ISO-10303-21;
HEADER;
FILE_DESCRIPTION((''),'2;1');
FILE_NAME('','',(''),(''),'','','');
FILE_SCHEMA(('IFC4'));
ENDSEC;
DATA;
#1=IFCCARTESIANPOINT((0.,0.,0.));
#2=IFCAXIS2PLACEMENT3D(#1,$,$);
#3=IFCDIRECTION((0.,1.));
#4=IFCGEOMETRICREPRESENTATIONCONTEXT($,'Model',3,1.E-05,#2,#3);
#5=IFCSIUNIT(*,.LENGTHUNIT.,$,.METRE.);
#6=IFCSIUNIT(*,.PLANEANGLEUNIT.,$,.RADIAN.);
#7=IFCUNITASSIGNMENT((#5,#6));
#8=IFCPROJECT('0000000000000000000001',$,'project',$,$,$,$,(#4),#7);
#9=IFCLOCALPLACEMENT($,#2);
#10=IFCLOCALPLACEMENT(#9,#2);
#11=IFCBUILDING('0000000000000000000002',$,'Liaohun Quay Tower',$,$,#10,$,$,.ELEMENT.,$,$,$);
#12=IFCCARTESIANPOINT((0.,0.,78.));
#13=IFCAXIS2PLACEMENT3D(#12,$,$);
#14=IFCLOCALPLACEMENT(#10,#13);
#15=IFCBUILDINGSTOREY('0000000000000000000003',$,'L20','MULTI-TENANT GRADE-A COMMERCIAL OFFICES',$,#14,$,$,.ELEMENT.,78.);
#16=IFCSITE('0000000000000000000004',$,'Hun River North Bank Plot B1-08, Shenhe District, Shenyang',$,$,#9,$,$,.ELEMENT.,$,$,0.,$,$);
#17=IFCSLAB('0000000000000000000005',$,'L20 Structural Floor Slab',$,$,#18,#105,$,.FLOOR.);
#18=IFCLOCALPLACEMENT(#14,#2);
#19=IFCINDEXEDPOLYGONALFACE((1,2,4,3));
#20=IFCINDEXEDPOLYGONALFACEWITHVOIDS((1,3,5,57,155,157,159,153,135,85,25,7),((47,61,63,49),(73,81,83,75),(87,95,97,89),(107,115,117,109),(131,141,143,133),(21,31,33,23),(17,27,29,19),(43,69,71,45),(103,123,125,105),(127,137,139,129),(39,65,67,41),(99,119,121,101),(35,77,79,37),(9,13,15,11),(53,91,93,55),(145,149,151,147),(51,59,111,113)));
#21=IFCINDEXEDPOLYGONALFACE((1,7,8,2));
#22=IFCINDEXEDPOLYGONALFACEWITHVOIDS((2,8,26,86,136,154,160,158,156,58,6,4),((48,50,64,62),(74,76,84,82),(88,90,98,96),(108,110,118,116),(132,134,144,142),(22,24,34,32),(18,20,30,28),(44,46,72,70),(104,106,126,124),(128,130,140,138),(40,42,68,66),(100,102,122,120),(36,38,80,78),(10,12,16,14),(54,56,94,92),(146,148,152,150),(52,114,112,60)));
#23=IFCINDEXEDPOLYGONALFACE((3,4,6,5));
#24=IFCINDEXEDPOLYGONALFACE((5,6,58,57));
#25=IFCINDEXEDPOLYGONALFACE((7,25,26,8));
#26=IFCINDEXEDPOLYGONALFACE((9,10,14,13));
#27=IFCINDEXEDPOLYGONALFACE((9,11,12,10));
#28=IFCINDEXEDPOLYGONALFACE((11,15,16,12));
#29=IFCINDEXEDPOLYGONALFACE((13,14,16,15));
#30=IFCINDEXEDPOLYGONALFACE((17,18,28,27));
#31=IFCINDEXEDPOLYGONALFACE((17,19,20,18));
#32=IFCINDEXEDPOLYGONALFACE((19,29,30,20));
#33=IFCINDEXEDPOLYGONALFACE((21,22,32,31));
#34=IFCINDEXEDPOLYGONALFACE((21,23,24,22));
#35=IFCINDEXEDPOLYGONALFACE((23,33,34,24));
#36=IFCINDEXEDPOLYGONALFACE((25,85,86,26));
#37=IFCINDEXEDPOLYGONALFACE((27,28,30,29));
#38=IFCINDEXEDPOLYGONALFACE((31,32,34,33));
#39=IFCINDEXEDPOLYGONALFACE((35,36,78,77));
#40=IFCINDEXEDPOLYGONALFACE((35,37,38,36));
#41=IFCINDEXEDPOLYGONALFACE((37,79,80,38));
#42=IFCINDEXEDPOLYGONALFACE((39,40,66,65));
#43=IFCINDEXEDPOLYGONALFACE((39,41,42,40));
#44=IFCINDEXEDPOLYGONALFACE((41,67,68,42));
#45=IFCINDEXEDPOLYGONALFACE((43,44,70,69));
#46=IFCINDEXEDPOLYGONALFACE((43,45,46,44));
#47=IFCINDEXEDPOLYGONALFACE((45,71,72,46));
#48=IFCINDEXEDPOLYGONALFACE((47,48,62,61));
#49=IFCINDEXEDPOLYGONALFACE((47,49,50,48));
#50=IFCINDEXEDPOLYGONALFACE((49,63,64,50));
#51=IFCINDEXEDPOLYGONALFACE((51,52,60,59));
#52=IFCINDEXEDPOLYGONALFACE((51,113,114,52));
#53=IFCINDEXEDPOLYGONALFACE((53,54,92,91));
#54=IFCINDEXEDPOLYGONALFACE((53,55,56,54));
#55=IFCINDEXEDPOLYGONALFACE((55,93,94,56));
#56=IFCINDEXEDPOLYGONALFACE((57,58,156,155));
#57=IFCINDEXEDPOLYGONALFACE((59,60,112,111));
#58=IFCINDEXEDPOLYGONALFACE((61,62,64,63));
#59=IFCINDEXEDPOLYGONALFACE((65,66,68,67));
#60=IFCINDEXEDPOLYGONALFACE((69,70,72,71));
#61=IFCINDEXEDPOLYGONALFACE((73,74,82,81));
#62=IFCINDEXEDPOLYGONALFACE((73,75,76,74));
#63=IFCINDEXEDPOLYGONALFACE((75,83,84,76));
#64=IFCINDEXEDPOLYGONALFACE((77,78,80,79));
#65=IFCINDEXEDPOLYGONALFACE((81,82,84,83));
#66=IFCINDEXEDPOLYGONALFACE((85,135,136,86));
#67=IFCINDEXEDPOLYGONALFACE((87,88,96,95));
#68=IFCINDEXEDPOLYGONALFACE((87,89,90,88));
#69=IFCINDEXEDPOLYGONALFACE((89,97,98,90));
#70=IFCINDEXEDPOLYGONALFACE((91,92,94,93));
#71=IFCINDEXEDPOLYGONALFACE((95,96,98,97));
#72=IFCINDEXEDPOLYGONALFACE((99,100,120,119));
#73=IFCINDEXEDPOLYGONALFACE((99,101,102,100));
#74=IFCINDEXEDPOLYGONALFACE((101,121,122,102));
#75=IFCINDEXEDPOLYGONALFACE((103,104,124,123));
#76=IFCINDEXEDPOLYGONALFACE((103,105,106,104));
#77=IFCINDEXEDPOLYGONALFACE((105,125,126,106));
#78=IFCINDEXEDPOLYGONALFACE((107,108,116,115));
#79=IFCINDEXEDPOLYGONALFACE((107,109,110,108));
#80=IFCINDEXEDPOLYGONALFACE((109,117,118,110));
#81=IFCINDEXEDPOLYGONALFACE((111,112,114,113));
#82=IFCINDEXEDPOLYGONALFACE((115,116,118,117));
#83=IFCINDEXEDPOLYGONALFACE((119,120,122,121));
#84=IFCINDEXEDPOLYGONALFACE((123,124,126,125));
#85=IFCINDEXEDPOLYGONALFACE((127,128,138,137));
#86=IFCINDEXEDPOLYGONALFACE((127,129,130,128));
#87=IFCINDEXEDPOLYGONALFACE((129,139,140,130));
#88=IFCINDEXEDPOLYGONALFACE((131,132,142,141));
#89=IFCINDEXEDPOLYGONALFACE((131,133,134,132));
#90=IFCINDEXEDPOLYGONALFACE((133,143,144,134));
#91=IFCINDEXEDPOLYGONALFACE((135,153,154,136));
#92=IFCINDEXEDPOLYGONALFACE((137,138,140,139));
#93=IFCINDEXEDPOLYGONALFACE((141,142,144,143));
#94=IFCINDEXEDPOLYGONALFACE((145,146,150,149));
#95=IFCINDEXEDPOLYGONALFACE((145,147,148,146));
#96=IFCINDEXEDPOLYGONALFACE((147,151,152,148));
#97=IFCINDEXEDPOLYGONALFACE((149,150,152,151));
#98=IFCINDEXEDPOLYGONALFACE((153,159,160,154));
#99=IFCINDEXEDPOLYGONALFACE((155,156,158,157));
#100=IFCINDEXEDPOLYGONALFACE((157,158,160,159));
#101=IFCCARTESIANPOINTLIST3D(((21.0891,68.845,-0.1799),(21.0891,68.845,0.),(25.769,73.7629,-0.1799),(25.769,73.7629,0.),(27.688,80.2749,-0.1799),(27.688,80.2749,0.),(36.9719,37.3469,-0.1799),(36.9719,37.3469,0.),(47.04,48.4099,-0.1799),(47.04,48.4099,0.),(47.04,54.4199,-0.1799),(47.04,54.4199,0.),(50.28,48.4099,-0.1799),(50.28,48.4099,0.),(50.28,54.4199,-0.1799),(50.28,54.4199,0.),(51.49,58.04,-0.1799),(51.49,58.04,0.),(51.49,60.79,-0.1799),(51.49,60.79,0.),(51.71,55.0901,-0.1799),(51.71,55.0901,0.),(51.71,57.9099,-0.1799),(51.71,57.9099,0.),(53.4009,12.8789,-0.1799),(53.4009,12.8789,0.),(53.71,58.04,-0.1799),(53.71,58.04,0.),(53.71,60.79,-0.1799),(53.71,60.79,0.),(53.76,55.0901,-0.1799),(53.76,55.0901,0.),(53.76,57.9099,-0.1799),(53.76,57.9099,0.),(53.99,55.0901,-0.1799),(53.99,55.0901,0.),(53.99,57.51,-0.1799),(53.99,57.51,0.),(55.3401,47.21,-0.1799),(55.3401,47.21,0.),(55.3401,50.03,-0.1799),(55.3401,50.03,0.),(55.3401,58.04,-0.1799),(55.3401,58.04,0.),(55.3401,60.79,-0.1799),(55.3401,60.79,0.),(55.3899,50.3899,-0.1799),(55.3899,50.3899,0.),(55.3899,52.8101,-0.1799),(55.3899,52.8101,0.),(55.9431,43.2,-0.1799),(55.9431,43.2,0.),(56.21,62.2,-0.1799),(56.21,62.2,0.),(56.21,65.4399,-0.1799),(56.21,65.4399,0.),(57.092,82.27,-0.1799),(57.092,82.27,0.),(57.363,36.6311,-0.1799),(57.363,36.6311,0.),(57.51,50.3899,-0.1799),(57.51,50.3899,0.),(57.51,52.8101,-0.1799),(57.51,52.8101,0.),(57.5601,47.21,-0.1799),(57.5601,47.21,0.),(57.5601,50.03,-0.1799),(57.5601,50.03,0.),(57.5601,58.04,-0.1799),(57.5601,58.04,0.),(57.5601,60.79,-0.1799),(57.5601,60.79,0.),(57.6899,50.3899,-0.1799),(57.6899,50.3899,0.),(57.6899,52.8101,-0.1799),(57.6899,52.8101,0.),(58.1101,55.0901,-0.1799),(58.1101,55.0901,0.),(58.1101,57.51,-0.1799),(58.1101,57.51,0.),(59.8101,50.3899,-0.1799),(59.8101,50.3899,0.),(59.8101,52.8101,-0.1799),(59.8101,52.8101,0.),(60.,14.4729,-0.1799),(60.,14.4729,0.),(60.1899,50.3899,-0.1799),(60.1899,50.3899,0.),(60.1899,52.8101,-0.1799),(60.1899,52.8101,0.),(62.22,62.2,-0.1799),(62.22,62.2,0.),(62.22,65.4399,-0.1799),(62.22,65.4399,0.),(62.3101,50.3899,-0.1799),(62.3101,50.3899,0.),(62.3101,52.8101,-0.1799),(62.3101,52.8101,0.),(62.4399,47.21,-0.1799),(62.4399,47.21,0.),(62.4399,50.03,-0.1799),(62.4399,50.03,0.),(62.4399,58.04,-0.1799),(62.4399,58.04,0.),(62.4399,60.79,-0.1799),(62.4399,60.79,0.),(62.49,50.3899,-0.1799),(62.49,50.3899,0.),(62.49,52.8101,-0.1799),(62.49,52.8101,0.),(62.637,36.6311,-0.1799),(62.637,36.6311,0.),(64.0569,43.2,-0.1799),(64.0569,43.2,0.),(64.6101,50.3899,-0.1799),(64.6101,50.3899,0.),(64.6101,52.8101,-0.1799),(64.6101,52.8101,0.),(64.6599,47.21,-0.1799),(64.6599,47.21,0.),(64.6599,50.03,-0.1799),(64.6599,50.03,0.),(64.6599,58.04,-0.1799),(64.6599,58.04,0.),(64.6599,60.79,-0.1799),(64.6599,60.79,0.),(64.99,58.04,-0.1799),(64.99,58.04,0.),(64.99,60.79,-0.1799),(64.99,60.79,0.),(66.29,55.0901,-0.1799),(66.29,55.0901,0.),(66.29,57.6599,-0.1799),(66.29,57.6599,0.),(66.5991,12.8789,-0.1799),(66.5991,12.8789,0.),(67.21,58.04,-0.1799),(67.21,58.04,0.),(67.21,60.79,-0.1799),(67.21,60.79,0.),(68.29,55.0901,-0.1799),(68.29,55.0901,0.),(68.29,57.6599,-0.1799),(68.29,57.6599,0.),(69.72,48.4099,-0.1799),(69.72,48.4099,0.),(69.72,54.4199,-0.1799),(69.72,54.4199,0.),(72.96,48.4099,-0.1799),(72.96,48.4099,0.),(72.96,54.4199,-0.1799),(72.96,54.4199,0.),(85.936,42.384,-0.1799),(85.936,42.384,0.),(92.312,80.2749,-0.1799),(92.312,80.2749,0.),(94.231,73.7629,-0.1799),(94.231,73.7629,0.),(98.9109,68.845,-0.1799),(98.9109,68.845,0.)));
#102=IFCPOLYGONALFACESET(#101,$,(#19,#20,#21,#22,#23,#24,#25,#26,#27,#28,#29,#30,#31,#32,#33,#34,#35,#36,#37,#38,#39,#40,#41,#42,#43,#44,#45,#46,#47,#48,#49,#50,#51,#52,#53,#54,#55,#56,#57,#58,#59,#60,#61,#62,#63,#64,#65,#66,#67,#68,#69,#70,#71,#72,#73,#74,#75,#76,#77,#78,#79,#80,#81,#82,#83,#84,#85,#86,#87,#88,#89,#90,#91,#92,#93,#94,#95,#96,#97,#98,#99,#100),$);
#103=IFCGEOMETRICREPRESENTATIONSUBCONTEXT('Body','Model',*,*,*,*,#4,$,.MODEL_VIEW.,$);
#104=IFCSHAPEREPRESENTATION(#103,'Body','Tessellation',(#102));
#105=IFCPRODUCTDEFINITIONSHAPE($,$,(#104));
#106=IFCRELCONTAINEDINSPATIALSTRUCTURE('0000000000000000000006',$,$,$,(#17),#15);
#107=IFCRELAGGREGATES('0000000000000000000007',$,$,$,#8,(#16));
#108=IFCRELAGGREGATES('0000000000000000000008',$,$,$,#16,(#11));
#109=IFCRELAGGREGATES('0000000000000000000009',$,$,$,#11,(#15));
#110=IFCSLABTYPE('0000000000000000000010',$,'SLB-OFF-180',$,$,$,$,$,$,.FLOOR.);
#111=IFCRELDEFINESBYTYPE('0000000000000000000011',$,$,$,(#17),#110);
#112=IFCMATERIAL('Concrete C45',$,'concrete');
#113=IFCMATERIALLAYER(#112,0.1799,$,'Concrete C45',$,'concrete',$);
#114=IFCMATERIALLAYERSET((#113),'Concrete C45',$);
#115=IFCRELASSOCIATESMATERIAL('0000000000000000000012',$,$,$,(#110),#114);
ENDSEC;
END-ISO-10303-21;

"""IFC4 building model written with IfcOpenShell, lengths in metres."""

from ifc_helpers import new_model, si_unit, direction, frame, origin, place, context, subcontext, project, spatial, polyline, outline, extrude, material, layer, layer_set, type_object, element, save


model = new_model("IFC4")

# Units and contexts
model_context = context("Model", 3, precision=1e-05, world=origin(), true_north=direction((0.0, 1.0)))
body_context = subcontext(model_context, "Body", "Model", "MODEL_VIEW")
ifc_project = project(units=[si_unit("LENGTHUNIT", "METRE"), si_unit("PLANEANGLEUNIT", "RADIAN")], contexts=[model_context])

# Site, building, storey
site_placement = place(None, origin())
site = spatial("IfcSite", under=ifc_project, at=site_placement, Name="Hun River North Bank Plot B1-08, Shenhe District, Shenyang", CompositionType="ELEMENT", RefElevation=0.0)
building_placement = place(site_placement, origin())
building = spatial("IfcBuilding", under=site, at=building_placement, Name="Liaohun Quay Tower", CompositionType="ELEMENT")
storey_placement = place(building_placement, frame((0.0, 0.0, 78.0)))
storey = spatial("IfcBuildingStorey", under=building, at=storey_placement, Name="L20", Description="MULTI-TENANT GRADE-A COMMERCIAL OFFICES", CompositionType="ELEMENT", Elevation=78.0)

# Shared definitions
ifc_material_1 = material(Name="Concrete C45", Category="concrete")

# Slab
ifc_layer_1 = layer(ifc_material_1, 0.1799, Name="Concrete C45", Category="concrete")
ifc_layer_set_1 = layer_set([ifc_layer_1], Name="Concrete C45")
slab_type_1 = type_object("IfcSlabType", Name="SLB-OFF-180", PredefinedType="FLOOR", material=ifc_layer_set_1)
slab_1_placement = place(storey_placement, frame((0.0, 0.0, -0.1799)))
element("IfcSlab", 1, at=slab_1_placement, inside=storey, type_object=slab_type_1, Name="L20 Structural Floor Slab", PredefinedType="FLOOR", context=body_context, shape_type="SweptSolid", body=[
    extrude(outline(polyline([(53.4009, 12.8789), (60.0, 14.4729), (66.5991, 12.8789), (85.936, 42.384), (98.9109, 68.845), (94.231, 73.7629), (92.312, 80.2749), (57.092, 82.27), (27.688, 80.2749), (25.769, 73.7629), (21.0891, 68.845), (36.9719, 37.3469), (53.4009, 12.8789)]), holes=[polyline([(57.5601, 47.21), (57.5601, 50.03), (55.3401, 50.03), (55.3401, 47.21), (57.5601, 47.21)]), polyline([(50.28, 54.4199), (47.04, 54.4199), (47.04, 48.4099), (50.28, 48.4099), (50.28, 54.4199)]), polyline([(57.51, 50.3899), (57.51, 52.8101), (55.3899, 52.8101), (55.3899, 50.3899), (57.51, 50.3899)]), polyline([(59.8101, 50.3899), (59.8101, 52.8101), (57.6899, 52.8101), (57.6899, 50.3899), (59.8101, 50.3899)]), polyline([(58.1101, 57.51), (53.99, 57.51), (53.99, 55.0901), (58.1101, 55.0901), (58.1101, 57.51)]), polyline([(53.76, 55.0901), (53.76, 57.9099), (51.71, 57.9099), (51.71, 55.0901), (53.76, 55.0901)]), polyline([(51.49, 58.04), (53.71, 58.04), (53.71, 60.79), (51.49, 60.79), (51.49, 58.04)]), polyline([(55.3401, 58.04), (57.5601, 58.04), (57.5601, 60.79), (55.3401, 60.79), (55.3401, 58.04)]), polyline([(62.637, 36.6311), (64.0569, 43.2), (55.9431, 43.2), (57.363, 36.6311), (62.637, 36.6311)]), polyline([(64.6599, 47.21), (64.6599, 50.03), (62.4399, 50.03), (62.4399, 47.21), (64.6599, 47.21)]), polyline([(72.96, 54.4199), (69.72, 54.4199), (69.72, 48.4099), (72.96, 48.4099), (72.96, 54.4199)]), polyline([(62.3101, 50.3899), (62.3101, 52.8101), (60.1899, 52.8101), (60.1899, 50.3899), (62.3101, 50.3899)]), polyline([(64.6101, 50.3899), (64.6101, 52.8101), (62.49, 52.8101), (62.49, 50.3899), (64.6101, 50.3899)]), polyline([(68.29, 55.0901), (68.29, 57.6599), (66.29, 57.6599), (66.29, 55.0901), (68.29, 55.0901)]), polyline([(64.6599, 58.04), (64.6599, 60.79), (62.4399, 60.79), (62.4399, 58.04), (64.6599, 58.04)]), polyline([(64.99, 58.04), (67.21, 58.04), (67.21, 60.79), (64.99, 60.79), (64.99, 58.04)]), polyline([(56.21, 62.2), (62.22, 62.2), (62.22, 65.4399), (56.21, 65.4399), (56.21, 62.2)])]), origin(), (0.0, 0.0, 1.0), 0.1799),
])

save(model, "model.ifc")
